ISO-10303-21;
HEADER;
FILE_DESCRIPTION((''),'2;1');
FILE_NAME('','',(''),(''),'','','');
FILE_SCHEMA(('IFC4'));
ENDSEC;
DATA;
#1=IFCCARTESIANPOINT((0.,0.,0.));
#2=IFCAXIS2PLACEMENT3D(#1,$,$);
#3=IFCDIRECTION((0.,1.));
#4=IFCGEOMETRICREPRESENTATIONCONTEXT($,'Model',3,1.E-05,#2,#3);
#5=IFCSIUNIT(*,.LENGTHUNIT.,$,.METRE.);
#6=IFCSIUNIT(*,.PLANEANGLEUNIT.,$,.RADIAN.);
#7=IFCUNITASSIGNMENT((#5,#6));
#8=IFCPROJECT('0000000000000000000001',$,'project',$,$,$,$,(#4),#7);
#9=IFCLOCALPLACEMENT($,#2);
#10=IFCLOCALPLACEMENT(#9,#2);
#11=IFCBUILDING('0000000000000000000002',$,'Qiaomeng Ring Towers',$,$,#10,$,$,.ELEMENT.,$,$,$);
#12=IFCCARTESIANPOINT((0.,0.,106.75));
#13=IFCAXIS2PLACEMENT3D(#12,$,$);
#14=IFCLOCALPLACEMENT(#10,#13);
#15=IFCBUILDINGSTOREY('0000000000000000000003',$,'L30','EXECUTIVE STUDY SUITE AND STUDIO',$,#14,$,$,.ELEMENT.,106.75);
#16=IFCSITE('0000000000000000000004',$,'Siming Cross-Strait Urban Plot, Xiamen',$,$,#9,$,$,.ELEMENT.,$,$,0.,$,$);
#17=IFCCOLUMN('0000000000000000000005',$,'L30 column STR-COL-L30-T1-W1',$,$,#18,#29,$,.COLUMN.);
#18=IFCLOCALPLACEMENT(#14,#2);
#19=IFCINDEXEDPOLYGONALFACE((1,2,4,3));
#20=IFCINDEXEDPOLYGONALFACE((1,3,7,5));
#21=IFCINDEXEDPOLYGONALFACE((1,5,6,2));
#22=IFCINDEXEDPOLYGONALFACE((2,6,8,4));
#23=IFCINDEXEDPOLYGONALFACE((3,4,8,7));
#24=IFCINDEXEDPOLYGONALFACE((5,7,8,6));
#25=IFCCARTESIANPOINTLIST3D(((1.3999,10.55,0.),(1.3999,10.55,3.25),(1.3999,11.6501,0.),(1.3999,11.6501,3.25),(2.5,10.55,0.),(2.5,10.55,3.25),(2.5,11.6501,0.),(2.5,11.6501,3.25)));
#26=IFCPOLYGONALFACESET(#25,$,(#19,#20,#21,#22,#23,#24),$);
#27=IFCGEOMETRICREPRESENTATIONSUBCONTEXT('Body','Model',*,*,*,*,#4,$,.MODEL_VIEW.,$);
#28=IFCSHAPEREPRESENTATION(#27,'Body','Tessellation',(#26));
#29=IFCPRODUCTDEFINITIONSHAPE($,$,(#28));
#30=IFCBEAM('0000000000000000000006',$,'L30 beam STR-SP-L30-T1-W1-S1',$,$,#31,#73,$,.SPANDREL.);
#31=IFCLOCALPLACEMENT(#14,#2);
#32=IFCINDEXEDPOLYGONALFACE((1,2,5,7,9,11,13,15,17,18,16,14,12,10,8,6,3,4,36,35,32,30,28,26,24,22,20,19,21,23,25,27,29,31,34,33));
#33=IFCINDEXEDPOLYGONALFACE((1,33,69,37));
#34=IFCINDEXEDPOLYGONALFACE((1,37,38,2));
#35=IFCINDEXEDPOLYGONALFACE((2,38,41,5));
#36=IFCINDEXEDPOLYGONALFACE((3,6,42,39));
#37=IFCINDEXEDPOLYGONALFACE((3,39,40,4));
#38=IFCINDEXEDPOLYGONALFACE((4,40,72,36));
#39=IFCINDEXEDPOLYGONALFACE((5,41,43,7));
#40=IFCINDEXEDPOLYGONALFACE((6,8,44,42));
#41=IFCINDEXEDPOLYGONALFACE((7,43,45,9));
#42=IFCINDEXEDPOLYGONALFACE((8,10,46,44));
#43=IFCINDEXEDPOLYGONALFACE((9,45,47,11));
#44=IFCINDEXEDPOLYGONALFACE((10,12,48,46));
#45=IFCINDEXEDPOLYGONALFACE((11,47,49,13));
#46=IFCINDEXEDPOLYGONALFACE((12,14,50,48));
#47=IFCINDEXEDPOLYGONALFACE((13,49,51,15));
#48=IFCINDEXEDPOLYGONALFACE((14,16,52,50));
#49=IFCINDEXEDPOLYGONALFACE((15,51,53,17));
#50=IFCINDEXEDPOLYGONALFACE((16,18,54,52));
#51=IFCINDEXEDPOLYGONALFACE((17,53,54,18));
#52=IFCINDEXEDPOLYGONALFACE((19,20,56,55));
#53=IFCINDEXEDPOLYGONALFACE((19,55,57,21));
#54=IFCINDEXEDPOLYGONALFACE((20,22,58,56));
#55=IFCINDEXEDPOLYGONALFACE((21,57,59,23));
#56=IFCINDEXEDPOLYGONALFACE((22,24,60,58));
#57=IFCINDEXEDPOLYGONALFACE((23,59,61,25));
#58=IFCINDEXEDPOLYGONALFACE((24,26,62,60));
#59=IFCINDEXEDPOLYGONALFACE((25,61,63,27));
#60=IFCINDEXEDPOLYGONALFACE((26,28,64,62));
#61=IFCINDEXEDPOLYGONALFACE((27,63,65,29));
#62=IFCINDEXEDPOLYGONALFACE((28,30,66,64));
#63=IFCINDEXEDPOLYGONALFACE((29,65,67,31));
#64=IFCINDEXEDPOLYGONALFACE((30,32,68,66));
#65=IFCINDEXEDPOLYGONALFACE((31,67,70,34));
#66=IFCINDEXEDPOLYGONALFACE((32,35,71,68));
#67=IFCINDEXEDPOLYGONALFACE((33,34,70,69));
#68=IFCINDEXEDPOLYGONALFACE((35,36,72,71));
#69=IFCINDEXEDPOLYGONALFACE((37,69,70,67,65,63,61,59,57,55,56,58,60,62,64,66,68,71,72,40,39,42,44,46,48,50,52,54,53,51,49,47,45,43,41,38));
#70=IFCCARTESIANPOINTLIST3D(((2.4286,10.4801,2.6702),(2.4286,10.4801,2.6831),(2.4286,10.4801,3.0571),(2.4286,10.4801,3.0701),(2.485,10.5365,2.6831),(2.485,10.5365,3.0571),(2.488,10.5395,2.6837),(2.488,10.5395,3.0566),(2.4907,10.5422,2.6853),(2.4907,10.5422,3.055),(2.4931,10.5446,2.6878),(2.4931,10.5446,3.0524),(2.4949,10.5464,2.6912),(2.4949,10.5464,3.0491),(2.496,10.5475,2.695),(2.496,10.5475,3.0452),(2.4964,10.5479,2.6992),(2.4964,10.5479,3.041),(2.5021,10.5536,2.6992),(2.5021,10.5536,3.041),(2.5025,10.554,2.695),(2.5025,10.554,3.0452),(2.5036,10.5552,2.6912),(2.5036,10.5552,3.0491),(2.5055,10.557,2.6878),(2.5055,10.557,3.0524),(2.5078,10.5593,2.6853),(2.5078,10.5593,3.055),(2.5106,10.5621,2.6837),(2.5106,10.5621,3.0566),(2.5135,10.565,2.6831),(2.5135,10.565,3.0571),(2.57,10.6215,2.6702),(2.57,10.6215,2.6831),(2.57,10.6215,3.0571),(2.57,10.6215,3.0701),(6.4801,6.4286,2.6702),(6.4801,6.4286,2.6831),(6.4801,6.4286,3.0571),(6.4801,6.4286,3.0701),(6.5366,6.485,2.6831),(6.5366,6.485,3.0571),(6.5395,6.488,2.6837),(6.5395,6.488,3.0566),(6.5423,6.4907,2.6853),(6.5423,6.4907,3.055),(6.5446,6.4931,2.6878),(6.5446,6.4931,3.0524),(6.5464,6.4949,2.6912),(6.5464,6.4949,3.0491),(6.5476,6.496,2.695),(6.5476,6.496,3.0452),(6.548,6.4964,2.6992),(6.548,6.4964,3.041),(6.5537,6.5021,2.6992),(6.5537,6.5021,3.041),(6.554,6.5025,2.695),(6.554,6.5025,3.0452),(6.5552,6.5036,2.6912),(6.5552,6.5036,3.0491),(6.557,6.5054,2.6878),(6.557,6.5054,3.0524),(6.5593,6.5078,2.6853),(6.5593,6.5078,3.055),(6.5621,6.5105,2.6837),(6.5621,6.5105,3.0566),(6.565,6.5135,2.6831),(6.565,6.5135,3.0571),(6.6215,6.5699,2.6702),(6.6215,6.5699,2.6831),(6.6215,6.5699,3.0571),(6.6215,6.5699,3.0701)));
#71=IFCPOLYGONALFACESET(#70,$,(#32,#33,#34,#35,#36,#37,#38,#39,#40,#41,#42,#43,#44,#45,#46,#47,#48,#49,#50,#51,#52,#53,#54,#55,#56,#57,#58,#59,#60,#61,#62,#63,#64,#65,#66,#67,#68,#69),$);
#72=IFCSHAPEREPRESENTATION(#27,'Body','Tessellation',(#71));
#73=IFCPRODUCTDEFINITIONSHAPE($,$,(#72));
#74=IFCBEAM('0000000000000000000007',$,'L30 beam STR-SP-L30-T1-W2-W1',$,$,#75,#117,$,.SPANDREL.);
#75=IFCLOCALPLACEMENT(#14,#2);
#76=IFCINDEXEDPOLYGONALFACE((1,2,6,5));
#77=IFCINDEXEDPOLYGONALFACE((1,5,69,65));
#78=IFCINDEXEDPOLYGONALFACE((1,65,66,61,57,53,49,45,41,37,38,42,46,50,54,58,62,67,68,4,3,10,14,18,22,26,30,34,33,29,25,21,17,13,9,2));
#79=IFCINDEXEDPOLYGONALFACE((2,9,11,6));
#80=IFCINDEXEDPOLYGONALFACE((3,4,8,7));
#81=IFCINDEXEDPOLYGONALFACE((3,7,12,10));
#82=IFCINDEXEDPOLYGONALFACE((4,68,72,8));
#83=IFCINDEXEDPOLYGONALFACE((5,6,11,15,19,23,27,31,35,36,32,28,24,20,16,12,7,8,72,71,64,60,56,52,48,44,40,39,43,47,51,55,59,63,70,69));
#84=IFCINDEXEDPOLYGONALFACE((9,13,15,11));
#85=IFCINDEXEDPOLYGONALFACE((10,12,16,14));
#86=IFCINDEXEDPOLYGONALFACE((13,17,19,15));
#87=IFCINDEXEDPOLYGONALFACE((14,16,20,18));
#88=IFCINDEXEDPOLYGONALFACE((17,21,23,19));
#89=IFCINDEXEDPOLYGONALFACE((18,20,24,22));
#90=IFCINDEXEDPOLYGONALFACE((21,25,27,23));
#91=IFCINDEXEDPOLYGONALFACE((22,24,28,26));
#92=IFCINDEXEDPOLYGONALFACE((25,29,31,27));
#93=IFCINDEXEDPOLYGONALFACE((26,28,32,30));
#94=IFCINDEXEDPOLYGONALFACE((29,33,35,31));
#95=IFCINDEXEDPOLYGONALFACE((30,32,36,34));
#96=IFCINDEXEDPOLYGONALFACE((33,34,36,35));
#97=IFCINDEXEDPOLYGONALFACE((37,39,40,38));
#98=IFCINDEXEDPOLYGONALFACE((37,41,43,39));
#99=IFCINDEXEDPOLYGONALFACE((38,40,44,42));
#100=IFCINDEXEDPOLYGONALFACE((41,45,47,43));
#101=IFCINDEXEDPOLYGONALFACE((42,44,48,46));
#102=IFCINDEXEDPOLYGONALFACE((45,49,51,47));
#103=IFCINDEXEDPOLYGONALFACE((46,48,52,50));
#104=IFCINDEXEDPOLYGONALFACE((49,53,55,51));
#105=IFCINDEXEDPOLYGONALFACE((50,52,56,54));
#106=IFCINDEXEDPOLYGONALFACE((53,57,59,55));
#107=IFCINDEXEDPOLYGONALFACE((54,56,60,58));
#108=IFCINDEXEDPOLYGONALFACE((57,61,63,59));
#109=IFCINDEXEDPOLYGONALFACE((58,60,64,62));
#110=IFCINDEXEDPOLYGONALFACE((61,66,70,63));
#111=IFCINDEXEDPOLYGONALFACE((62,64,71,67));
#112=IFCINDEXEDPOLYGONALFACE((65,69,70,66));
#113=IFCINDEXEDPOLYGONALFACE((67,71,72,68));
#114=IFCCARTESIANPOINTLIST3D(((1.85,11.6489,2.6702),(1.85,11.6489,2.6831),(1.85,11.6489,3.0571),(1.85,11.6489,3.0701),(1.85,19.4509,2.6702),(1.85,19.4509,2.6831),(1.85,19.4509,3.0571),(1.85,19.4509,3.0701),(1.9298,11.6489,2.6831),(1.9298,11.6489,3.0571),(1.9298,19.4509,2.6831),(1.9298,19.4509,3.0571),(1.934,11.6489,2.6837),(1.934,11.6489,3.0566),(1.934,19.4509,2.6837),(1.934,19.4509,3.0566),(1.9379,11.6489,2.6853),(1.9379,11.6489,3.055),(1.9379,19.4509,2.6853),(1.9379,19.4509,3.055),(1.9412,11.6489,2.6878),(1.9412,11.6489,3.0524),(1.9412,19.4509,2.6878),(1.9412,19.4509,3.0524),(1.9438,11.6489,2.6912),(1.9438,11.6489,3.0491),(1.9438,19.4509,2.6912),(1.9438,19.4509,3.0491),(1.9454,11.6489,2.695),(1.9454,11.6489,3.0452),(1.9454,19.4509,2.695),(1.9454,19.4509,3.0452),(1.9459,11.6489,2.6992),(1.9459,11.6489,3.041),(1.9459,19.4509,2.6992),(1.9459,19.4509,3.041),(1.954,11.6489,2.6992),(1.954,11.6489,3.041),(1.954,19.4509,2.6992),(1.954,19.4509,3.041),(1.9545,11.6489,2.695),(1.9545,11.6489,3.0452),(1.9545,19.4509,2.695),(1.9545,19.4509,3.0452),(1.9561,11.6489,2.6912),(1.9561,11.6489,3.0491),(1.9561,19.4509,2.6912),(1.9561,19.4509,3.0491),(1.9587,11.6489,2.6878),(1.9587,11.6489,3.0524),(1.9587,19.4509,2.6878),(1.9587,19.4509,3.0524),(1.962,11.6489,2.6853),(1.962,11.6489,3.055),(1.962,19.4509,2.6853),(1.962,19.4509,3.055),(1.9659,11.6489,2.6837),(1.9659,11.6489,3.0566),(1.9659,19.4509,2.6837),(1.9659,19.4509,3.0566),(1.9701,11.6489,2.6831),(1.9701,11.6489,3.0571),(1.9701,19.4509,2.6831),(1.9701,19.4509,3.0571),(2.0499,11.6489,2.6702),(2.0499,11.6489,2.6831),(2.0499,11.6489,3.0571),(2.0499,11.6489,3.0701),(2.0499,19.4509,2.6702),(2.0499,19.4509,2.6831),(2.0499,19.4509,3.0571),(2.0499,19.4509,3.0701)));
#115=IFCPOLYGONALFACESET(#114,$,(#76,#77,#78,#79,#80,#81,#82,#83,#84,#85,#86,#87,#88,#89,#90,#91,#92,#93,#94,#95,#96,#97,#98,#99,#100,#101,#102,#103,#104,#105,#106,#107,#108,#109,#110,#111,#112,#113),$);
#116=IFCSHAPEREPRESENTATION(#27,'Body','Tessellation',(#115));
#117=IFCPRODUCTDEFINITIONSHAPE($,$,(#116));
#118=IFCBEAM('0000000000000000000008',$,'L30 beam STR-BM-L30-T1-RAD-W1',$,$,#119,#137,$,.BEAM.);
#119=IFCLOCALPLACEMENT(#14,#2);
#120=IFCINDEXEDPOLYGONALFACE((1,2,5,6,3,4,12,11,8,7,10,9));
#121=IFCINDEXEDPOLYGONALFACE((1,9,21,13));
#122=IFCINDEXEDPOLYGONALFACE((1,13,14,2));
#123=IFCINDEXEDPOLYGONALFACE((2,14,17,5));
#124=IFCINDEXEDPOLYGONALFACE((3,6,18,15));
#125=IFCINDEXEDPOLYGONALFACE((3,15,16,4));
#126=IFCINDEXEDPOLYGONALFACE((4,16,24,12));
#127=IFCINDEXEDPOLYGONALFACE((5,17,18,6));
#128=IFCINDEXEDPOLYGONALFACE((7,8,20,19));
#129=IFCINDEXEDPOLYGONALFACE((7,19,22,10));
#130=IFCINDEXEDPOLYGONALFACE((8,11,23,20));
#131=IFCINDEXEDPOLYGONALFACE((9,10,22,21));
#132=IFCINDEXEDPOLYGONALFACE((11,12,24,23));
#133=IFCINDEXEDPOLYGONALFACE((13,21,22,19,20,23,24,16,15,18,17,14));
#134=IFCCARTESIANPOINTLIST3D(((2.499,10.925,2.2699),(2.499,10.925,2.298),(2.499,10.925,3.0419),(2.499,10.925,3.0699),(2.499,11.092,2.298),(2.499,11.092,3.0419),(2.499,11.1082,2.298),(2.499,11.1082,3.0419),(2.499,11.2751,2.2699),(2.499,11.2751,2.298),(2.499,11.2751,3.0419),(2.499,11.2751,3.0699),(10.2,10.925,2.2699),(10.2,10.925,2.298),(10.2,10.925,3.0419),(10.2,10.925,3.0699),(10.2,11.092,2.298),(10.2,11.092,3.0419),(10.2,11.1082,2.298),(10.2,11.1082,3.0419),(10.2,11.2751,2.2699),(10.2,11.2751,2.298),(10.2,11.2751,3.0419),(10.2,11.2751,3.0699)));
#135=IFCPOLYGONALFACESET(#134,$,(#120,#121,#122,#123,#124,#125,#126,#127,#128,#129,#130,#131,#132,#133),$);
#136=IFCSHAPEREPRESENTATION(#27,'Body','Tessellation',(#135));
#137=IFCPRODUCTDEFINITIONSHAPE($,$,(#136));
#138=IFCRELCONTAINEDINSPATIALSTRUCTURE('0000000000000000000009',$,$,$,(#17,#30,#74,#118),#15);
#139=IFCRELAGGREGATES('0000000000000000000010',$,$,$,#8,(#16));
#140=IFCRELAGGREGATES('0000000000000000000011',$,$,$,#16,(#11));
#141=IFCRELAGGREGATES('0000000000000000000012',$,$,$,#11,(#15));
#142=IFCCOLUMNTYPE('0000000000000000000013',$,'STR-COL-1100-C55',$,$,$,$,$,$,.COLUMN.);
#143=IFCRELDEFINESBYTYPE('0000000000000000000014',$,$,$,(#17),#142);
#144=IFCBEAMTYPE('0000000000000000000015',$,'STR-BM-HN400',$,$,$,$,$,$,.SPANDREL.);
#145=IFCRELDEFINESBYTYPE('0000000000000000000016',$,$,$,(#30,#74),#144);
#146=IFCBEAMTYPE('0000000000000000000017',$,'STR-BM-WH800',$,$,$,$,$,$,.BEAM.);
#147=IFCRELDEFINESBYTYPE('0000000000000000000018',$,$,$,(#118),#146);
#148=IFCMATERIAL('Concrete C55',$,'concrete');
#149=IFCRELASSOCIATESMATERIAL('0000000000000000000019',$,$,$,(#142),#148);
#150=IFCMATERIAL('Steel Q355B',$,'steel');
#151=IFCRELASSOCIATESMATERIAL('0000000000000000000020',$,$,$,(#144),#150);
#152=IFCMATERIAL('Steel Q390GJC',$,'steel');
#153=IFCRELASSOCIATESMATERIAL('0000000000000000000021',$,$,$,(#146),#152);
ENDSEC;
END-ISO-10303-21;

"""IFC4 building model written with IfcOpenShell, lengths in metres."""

from ifc_helpers import new_model, si_unit, direction, frame, origin, origin_2d, place, context, subcontext, project, spatial, rectangle, i_section, extrude, source, transform, mapped, material, material_profile, profile_set, type_object, element, save


model = new_model("IFC4")

# Units and contexts
model_context = context("Model", 3, precision=1e-05, world=origin(), true_north=direction((0.0, 1.0)))
body_context = subcontext(model_context, "Body", "Model", "MODEL_VIEW")
ifc_project = project(units=[si_unit("LENGTHUNIT", "METRE"), si_unit("PLANEANGLEUNIT", "RADIAN")], contexts=[model_context])

# Site, building, storey
site_placement = place(None, origin())
site = spatial("IfcSite", under=ifc_project, at=site_placement, Name="Siming Cross-Strait Urban Plot, Xiamen", CompositionType="ELEMENT", RefElevation=0.0)
building_placement = place(site_placement, origin())
building = spatial("IfcBuilding", under=site, at=building_placement, Name="Qiaomeng Ring Towers", CompositionType="ELEMENT")
storey_placement = place(building_placement, frame((0.0, 0.0, 106.75)))
storey = spatial("IfcBuildingStorey", under=building, at=storey_placement, Name="L30", Description="EXECUTIVE STUDY SUITE AND STUDIO", CompositionType="ELEMENT", Elevation=106.75)

# Column
ifc_material_1 = material(Name="Concrete C55", Category="concrete")
ifc_material_profile_1 = material_profile(ifc_material_1, rectangle(XDim=1.1001, YDim=1.1001, at=origin_2d()), Name="RC COL 1100x1100")
ifc_profile_set_1 = profile_set([ifc_material_profile_1], Name="Concrete C55")
column_type = type_object("IfcColumnType", Name="STR-COL-1100-C55", PredefinedType="COLUMN", material=ifc_profile_set_1)
shared_shape_1 = source(origin(), body_context, "Body", "SweptSolid", [
    extrude(rectangle(XDim=1.1001, YDim=1.1001, at=origin_2d()), origin(), (0.0, 0.0, 1.0), 3.25),
])
column_placement = place(storey_placement, frame((1.95, 11.1001, 0.0), z_axis=(0.0, 0.0, 1.0), x_axis=(1.0, 0.0, 0.0)))
element("IfcColumn", 1, at=column_placement, inside=storey, type_object=column_type, Name="L30 column STR-COL-L30-T1-W1", PredefinedType="COLUMN", context=body_context, shape_type="MappedRepresentation", body=[
    mapped(shared_shape_1, transform((0.0, 0.0, 0.0), x_axis=(1.0, 0.0, 0.0), y_axis=(0.0, 1.0, 0.0), z_axis=(0.0, 0.0, 1.0), scale=1.0)),
])

# Beams
ifc_material_2 = material(Name="Steel Q355B", Category="steel")
ifc_material_profile_2 = material_profile(ifc_material_2, i_section(OverallWidth=0.2, OverallDepth=0.3999, WebThickness=0.0081, FlangeThickness=0.0129, FilletRadius=0.0161, at=origin_2d()), Name="HN 400x200x8x13")
ifc_profile_set_2 = profile_set([ifc_material_profile_2], Name="Steel Q355B")
beam_type_1 = type_object("IfcBeamType", Name="STR-BM-HN400", PredefinedType="SPANDREL", material=ifc_profile_set_2)
shared_shape_2 = source(origin(), body_context, "Body", "SweptSolid", [
    extrude(i_section(OverallWidth=0.2, OverallDepth=0.3999, WebThickness=0.0081, FlangeThickness=0.0129, FilletRadius=0.0161, at=origin_2d()), origin(), (0.0, 0.0, 1.0), 5.7297),
])
beam_1_placement = place(storey_placement, frame((2.4993, 10.5508, 2.8701), z_axis=(0.707107, -0.707107, 0.0), x_axis=(0.707107, 0.707107, 0.0)))
element("IfcBeam", 2, at=beam_1_placement, inside=storey, type_object=beam_type_1, Name="L30 beam STR-SP-L30-T1-W1-S1", PredefinedType="SPANDREL", context=body_context, shape_type="MappedRepresentation", body=[
    mapped(shared_shape_2, transform((0.0, 0.0, 0.0), x_axis=(1.0, 0.0, 0.0), y_axis=(0.0, 1.0, 0.0), z_axis=(0.0, 0.0, 1.0), scale=1.0)),
])
shared_shape_3 = source(origin(), body_context, "Body", "SweptSolid", [
    extrude(i_section(OverallWidth=0.2, OverallDepth=0.3999, WebThickness=0.0081, FlangeThickness=0.0129, FilletRadius=0.0161, at=origin_2d()), origin(), (0.0, 0.0, 1.0), 7.802),
])
beam_2_placement = place(storey_placement, frame((1.95, 19.4509, 2.8701), z_axis=(0.0, -1.0, 0.0), x_axis=(1.0, 0.0, 0.0)))
element("IfcBeam", 3, at=beam_2_placement, inside=storey, type_object=beam_type_1, Name="L30 beam STR-SP-L30-T1-W2-W1", PredefinedType="SPANDREL", context=body_context, shape_type="MappedRepresentation", body=[
    mapped(shared_shape_3, transform((0.0, 0.0, 0.0), x_axis=(1.0, 0.0, 0.0), y_axis=(0.0, 1.0, 0.0), z_axis=(0.0, 0.0, 1.0), scale=1.0)),
])
ifc_material_3 = material(Name="Steel Q390GJC", Category="steel")
ifc_material_profile_3 = material_profile(ifc_material_3, i_section(OverallWidth=0.3501, OverallDepth=0.8, WebThickness=0.0161, FlangeThickness=0.0281, at=origin_2d()), Name="WH 800x350x16x28")
ifc_profile_set_3 = profile_set([ifc_material_profile_3], Name="Steel Q390GJC")
beam_type_2 = type_object("IfcBeamType", Name="STR-BM-WH800", PredefinedType="BEAM", material=ifc_profile_set_3)
shared_shape_4 = source(origin(), body_context, "Body", "SweptSolid", [
    extrude(i_section(OverallWidth=0.3501, OverallDepth=0.8, WebThickness=0.0161, FlangeThickness=0.0281, at=origin_2d()), origin(), (0.0, 0.0, 1.0), 7.7009),
])
beam_3_placement = place(storey_placement, frame((2.499, 11.1001, 2.6699), z_axis=(1.0, 0.0, 0.0), x_axis=(0.0, 1.0, 0.0)))
element("IfcBeam", 4, at=beam_3_placement, inside=storey, type_object=beam_type_2, Name="L30 beam STR-BM-L30-T1-RAD-W1", PredefinedType="BEAM", context=body_context, shape_type="MappedRepresentation", body=[
    mapped(shared_shape_4, transform((0.0, 0.0, 0.0), x_axis=(1.0, 0.0, 0.0), y_axis=(0.0, 1.0, 0.0), z_axis=(0.0, 0.0, 1.0), scale=1.0)),
])

save(model, "model.ifc")
